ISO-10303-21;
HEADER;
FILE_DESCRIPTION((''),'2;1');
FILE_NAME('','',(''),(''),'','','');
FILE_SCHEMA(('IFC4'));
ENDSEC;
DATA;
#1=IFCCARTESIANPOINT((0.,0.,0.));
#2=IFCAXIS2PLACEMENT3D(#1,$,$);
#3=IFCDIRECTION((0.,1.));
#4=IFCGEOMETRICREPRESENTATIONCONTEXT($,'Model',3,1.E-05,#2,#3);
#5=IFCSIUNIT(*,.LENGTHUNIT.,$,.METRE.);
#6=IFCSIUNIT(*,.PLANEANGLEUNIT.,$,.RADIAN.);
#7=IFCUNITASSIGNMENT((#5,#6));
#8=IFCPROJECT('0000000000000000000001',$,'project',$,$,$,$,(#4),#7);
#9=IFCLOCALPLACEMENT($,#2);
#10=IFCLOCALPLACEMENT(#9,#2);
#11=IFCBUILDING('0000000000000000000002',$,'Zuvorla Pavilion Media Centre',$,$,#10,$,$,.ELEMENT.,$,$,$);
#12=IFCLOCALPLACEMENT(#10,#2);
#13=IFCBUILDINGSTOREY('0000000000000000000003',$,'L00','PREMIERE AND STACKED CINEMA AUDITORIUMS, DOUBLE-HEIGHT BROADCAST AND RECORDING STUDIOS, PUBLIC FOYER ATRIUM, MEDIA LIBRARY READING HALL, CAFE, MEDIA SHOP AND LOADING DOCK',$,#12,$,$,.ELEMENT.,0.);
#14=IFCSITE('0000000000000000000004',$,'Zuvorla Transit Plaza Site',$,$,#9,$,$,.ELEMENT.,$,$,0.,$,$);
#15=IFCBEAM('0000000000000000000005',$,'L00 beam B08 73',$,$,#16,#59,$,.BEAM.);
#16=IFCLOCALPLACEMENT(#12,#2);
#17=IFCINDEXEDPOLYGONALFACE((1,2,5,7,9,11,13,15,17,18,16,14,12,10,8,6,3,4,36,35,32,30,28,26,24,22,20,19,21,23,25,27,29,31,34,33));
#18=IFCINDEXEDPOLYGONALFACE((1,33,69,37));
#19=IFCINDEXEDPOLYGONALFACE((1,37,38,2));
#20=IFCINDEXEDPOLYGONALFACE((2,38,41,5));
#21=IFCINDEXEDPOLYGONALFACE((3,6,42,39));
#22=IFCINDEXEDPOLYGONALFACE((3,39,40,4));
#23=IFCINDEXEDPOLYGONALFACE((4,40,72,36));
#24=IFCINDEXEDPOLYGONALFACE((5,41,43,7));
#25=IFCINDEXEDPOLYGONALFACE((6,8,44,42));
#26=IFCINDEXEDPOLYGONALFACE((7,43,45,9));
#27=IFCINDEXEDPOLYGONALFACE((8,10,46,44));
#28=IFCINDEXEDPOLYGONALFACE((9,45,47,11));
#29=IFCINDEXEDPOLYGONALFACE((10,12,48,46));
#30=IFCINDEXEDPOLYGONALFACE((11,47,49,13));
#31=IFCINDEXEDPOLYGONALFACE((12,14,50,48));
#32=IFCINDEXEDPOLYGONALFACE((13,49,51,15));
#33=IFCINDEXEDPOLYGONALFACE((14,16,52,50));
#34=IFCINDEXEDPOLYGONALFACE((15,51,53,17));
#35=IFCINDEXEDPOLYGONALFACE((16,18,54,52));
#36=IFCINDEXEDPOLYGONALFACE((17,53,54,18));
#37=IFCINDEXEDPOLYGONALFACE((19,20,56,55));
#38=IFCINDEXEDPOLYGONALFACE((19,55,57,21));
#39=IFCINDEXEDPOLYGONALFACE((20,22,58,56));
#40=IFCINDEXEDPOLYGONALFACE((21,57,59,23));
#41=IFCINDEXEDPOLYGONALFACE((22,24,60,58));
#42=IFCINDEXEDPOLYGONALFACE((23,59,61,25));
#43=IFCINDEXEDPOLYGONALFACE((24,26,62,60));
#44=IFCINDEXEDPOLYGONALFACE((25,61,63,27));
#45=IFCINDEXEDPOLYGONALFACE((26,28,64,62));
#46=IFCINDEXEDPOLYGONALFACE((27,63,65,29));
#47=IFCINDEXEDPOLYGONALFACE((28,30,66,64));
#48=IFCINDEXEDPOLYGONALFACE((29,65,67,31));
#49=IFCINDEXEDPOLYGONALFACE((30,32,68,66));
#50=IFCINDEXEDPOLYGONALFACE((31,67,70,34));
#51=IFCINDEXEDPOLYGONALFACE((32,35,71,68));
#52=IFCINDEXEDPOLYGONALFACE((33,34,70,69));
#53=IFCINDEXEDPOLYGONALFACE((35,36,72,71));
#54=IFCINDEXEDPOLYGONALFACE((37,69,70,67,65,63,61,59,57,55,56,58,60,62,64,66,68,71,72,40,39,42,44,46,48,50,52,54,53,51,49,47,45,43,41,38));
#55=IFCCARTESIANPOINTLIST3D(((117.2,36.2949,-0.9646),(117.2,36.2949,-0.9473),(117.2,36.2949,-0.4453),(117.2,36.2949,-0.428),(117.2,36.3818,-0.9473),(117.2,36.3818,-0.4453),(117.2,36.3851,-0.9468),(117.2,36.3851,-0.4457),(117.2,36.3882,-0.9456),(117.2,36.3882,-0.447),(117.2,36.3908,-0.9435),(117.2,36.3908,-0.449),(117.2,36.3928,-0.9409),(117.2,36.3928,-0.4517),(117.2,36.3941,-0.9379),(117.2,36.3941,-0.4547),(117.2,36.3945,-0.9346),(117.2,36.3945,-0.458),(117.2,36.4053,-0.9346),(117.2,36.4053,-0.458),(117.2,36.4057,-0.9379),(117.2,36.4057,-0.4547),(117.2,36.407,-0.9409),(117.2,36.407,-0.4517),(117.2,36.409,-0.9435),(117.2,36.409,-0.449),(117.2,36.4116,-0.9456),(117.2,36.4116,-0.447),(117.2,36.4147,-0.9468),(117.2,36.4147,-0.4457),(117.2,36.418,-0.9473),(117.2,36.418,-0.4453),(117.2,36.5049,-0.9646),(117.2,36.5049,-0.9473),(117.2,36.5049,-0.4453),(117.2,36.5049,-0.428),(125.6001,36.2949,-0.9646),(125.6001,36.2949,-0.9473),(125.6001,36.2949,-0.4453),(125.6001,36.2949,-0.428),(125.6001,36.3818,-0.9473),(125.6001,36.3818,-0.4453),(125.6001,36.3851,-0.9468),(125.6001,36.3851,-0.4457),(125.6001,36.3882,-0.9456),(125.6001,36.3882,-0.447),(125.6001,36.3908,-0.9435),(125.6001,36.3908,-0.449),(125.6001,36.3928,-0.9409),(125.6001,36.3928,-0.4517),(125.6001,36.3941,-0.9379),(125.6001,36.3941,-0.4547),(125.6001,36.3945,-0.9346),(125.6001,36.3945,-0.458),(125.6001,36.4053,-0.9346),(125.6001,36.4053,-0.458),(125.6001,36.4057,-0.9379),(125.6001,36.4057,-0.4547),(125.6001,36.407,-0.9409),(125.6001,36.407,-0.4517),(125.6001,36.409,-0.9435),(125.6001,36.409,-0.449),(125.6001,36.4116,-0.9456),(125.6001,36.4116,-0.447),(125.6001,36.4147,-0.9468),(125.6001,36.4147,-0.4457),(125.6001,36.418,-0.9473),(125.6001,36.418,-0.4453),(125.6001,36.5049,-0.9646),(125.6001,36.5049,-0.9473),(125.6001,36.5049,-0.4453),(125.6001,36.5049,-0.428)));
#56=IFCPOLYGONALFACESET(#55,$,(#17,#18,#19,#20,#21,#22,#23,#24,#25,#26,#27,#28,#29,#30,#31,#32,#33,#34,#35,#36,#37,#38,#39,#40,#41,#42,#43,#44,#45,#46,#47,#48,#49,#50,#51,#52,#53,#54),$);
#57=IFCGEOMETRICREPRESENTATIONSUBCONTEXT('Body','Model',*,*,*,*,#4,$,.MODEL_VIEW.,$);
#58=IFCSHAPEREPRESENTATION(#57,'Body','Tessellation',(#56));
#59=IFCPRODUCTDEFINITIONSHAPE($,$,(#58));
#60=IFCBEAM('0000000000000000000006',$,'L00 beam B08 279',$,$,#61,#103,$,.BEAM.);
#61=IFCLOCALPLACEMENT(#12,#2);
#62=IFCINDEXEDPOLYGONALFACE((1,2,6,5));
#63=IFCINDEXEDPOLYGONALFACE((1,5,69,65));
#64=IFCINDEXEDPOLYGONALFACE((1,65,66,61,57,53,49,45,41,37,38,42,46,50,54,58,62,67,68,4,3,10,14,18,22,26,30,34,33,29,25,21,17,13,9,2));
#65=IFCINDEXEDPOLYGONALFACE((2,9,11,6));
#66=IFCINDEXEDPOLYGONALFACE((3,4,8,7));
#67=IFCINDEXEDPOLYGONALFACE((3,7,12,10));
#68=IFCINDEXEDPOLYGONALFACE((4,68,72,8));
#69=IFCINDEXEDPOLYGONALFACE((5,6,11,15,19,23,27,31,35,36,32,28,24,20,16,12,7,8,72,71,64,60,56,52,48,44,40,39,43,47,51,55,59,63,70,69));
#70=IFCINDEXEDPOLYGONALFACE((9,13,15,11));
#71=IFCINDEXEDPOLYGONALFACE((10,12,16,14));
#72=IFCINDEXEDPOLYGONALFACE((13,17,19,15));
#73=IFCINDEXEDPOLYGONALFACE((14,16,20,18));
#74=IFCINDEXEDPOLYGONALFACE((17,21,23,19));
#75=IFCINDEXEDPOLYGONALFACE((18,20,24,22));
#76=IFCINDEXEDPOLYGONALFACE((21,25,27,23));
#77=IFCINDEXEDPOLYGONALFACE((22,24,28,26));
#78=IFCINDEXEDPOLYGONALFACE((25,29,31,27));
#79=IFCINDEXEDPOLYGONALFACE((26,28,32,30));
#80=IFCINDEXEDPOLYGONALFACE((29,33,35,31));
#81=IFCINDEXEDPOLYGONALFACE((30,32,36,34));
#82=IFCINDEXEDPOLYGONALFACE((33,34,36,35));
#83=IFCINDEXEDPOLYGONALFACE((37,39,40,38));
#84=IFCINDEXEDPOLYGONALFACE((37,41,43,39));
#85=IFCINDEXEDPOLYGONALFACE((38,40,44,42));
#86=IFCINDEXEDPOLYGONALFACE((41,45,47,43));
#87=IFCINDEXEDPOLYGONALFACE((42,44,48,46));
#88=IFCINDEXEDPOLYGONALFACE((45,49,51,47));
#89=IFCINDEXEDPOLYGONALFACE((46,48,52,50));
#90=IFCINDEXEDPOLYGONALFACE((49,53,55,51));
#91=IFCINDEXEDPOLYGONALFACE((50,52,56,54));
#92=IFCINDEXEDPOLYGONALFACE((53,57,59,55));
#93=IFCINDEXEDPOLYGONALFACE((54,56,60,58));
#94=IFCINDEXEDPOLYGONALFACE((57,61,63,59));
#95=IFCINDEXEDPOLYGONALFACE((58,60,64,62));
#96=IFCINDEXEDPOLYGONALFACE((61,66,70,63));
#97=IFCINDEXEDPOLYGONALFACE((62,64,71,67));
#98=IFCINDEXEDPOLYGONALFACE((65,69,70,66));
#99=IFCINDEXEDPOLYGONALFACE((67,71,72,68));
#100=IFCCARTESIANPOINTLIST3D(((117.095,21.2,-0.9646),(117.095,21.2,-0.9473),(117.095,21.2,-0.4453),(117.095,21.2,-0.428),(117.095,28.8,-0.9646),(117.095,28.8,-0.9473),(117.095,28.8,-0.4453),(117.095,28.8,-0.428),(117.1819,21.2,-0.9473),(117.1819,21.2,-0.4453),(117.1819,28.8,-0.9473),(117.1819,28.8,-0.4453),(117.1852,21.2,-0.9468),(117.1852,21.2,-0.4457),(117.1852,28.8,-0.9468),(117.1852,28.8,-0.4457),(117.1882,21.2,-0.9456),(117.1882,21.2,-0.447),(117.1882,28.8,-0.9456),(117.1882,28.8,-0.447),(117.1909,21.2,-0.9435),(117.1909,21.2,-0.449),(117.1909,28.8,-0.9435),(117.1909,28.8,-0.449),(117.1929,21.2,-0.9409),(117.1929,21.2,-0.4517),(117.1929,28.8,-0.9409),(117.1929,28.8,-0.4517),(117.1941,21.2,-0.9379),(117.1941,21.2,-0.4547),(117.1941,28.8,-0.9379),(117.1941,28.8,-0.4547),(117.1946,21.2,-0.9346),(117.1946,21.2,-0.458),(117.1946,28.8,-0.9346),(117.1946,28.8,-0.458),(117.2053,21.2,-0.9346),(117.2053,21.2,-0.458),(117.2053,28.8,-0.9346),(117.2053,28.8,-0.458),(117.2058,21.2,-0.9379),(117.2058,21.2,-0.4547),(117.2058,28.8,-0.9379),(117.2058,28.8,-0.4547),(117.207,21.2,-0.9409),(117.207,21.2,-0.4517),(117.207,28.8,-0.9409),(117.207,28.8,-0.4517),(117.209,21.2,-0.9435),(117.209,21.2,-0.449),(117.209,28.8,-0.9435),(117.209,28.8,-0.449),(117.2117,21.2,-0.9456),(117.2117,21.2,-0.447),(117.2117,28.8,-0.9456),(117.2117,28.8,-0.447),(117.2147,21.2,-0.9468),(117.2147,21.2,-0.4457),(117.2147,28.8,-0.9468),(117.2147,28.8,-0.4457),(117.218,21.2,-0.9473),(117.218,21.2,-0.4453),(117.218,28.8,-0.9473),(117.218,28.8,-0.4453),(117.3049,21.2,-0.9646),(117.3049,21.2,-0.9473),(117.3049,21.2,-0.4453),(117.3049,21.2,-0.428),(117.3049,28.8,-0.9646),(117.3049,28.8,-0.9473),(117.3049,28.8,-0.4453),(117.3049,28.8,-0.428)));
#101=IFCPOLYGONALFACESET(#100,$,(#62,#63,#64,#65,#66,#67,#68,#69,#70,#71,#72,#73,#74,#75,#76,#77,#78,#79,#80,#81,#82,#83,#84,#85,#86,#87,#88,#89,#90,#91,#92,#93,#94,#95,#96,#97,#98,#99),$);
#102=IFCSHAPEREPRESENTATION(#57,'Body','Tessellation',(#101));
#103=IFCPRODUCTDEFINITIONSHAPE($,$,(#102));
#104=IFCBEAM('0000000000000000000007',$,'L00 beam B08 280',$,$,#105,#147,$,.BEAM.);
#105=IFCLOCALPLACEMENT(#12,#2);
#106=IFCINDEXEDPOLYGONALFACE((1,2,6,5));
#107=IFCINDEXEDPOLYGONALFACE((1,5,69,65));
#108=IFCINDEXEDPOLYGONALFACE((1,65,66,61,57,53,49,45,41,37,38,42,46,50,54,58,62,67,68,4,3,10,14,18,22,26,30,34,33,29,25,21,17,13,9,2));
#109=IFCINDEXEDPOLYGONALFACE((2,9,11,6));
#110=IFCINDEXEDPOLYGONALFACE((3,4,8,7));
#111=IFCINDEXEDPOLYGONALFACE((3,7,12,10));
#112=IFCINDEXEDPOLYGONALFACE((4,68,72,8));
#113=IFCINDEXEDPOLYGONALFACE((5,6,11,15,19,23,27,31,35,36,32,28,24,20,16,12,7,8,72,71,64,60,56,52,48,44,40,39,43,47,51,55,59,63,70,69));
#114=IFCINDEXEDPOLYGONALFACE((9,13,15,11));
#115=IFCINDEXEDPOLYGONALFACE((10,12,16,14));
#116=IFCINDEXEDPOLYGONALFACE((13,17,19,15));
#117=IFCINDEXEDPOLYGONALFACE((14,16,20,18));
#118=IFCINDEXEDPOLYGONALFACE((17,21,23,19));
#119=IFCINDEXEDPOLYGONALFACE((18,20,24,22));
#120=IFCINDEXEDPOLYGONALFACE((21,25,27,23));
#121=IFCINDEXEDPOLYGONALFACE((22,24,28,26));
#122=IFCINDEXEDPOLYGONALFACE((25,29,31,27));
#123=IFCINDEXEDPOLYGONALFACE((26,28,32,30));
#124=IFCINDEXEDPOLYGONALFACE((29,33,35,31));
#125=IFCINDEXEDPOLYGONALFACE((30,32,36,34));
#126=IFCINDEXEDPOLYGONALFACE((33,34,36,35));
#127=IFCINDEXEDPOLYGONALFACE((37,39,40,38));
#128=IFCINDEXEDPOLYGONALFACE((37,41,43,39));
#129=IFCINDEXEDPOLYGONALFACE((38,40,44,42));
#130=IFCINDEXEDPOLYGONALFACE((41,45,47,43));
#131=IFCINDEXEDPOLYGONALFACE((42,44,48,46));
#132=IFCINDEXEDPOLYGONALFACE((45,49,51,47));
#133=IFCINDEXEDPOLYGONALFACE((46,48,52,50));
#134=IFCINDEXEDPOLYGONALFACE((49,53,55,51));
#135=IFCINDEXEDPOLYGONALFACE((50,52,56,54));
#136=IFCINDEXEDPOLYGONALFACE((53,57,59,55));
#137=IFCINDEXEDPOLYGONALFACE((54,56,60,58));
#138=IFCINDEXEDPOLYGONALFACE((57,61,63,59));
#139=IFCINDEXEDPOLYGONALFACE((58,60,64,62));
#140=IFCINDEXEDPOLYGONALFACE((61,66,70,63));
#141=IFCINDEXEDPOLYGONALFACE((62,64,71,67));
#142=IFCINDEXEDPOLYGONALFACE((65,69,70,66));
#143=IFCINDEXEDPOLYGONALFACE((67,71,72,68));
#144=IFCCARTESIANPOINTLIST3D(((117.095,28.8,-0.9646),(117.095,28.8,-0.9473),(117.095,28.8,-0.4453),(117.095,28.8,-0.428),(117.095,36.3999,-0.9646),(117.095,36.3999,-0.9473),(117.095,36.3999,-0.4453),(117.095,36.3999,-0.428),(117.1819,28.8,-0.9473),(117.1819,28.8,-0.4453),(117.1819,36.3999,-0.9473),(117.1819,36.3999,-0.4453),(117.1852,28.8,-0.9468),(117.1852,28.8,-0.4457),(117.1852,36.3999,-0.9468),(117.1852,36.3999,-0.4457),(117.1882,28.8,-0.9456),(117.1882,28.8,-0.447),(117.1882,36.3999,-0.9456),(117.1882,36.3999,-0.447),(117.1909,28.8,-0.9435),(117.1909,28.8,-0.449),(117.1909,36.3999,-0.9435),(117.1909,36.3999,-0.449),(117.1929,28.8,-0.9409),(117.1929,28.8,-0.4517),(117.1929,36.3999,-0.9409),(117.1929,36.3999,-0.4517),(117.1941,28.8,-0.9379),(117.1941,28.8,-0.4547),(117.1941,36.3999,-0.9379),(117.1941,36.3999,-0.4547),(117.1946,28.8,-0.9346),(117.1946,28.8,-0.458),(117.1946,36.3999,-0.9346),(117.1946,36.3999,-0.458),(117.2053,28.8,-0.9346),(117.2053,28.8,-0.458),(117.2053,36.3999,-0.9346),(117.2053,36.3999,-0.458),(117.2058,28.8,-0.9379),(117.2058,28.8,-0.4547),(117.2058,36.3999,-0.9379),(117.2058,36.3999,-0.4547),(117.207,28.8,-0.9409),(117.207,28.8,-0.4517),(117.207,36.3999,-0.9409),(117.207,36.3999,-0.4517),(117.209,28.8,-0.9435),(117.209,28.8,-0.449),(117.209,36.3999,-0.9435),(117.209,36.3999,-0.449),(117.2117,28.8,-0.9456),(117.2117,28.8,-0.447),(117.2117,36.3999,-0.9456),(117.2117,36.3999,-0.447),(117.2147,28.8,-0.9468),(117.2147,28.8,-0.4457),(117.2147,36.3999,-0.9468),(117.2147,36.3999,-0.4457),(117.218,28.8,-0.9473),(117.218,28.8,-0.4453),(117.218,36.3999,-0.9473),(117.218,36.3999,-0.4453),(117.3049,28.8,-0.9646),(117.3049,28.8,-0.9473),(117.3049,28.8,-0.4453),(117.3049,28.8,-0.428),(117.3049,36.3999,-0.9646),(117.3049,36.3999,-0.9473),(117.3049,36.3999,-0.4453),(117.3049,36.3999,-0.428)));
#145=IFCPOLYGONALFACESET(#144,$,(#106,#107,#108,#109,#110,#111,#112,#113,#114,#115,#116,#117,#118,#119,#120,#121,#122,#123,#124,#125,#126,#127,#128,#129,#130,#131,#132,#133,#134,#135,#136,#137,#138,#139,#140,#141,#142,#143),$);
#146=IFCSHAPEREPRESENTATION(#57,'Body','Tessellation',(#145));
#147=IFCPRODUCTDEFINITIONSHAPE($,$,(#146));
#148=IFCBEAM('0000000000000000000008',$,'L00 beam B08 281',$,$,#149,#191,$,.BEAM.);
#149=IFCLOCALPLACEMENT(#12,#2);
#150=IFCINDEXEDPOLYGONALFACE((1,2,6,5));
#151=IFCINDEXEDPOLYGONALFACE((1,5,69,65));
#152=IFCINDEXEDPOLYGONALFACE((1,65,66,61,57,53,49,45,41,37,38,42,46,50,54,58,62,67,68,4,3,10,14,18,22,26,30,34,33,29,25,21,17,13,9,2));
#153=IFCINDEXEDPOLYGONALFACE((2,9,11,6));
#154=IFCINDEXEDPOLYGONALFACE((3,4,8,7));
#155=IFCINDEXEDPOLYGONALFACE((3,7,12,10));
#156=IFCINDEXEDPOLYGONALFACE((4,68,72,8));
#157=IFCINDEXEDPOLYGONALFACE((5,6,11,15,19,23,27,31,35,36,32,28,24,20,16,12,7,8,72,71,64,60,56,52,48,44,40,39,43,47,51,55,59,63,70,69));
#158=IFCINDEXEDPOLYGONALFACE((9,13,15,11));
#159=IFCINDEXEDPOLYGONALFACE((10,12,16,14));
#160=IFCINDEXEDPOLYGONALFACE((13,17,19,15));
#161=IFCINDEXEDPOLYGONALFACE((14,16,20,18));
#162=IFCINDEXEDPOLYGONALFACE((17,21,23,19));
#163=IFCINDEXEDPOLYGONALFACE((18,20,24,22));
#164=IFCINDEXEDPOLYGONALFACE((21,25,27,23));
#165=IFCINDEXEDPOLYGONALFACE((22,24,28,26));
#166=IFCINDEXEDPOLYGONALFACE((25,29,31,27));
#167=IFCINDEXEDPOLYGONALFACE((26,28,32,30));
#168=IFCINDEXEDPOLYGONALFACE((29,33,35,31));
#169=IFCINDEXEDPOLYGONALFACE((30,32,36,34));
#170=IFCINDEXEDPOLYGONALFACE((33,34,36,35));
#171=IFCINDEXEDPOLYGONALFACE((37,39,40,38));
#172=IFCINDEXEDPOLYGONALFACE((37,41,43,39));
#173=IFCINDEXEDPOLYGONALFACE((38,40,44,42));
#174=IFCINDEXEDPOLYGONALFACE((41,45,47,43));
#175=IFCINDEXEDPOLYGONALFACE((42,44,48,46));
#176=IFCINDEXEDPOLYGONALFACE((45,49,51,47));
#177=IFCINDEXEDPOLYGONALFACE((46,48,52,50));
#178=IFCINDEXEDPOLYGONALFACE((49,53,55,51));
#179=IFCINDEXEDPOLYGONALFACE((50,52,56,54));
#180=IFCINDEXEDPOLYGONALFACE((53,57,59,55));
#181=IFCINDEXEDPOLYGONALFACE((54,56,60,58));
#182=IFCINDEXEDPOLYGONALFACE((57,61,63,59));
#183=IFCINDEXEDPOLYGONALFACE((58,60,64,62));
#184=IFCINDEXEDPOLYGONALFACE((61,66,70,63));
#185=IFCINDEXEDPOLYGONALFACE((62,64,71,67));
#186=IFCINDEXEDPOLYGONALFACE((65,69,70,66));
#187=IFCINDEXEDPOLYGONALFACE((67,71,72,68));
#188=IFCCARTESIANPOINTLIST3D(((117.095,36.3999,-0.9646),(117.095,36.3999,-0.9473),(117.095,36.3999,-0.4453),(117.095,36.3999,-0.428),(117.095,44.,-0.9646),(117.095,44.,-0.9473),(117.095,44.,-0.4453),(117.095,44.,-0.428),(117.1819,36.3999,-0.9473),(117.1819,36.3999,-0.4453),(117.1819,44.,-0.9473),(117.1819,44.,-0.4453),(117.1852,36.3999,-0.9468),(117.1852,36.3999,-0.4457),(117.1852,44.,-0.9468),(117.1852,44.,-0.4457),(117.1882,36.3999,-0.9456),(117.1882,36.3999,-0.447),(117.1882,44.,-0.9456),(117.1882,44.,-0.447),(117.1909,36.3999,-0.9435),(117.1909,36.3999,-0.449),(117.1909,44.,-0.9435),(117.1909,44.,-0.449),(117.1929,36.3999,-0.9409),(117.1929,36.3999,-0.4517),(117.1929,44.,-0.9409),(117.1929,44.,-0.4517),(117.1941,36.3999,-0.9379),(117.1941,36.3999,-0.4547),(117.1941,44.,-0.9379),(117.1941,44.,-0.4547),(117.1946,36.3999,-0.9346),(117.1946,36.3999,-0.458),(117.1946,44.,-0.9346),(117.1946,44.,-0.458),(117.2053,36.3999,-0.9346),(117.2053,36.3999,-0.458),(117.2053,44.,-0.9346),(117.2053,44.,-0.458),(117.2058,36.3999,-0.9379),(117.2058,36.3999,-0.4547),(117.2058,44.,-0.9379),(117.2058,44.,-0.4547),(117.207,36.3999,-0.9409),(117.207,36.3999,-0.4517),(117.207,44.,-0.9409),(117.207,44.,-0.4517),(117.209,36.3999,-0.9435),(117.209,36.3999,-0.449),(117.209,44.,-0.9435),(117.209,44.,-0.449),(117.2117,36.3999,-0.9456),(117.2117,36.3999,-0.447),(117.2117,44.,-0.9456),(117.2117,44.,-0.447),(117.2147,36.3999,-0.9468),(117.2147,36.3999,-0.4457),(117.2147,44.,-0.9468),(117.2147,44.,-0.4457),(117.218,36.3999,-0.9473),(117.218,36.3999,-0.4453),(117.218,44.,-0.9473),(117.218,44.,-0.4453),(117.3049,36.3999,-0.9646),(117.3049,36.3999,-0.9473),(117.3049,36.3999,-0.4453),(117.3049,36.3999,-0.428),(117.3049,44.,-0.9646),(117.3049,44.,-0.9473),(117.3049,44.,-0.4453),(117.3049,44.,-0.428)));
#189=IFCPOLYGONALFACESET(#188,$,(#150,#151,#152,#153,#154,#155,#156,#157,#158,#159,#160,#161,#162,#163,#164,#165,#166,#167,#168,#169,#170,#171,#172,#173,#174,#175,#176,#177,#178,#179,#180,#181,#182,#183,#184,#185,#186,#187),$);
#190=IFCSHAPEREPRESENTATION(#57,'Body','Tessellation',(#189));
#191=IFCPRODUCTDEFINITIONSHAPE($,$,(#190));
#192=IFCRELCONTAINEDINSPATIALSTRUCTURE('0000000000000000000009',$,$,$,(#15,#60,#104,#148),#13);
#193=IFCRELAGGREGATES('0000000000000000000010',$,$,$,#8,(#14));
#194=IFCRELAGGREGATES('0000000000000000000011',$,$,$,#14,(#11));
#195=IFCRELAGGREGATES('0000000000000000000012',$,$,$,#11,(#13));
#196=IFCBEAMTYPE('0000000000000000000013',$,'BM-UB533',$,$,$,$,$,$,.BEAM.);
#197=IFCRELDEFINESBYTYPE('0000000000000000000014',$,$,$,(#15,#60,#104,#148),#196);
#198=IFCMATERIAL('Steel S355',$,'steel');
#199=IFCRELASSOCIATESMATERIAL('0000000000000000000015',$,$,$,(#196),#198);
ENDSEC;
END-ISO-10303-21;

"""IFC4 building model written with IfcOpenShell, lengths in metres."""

from ifc_helpers import new_model, si_unit, direction, frame, origin, origin_2d, place, context, subcontext, project, spatial, i_section, extrude, material, material_profile, profile_set, type_object, element, save


model = new_model("IFC4")

# Units and contexts
model_context = context("Model", 3, precision=1e-05, world=origin(), true_north=direction((0.0, 1.0)))
body_context = subcontext(model_context, "Body", "Model", "MODEL_VIEW")
ifc_project = project(units=[si_unit("LENGTHUNIT", "METRE"), si_unit("PLANEANGLEUNIT", "RADIAN")], contexts=[model_context])

# Site, building, storey
site_placement = place(None, origin())
site = spatial("IfcSite", under=ifc_project, at=site_placement, Name="Zuvorla Transit Plaza Site", CompositionType="ELEMENT", RefElevation=0.0)
building_placement = place(site_placement, origin())
building = spatial("IfcBuilding", under=site, at=building_placement, Name="Zuvorla Pavilion Media Centre", CompositionType="ELEMENT")
storey_placement = place(building_placement, origin())
storey = spatial("IfcBuildingStorey", under=building, at=storey_placement, Name="L00", Description="PREMIERE AND STACKED CINEMA AUDITORIUMS, DOUBLE-HEIGHT BROADCAST AND RECORDING STUDIOS, PUBLIC FOYER ATRIUM, MEDIA LIBRARY READING HALL, CAFE, MEDIA SHOP AND LOADING DOCK", CompositionType="ELEMENT", Elevation=0.0)

# Beams
ifc_material_1 = material(Name="Steel S355", Category="steel")
ifc_material_profile_1 = material_profile(ifc_material_1, i_section(OverallWidth=0.21, OverallDepth=0.5366, WebThickness=0.0107, FlangeThickness=0.0173, FilletRadius=0.0127, at=origin_2d()), Name="UB 533x210x101")
ifc_profile_set_1 = profile_set([ifc_material_profile_1], Name="Steel S355")
beam_type_1 = type_object("IfcBeamType", Name="BM-UB533", PredefinedType="BEAM", material=ifc_profile_set_1)
for number, where, z_axis, x_axis, name in (
    (1, (117.2, 36.3999, -0.6963), (1.0, 0.0, 0.0), (0.0, 1.0, 0.0), "L00 beam B08 73"),
):
    element("IfcBeam", number, at=place(storey_placement, frame(where, z_axis=z_axis, x_axis=x_axis)), inside=storey, type_object=beam_type_1, Name=name, PredefinedType="BEAM", context=body_context, shape_type="SweptSolid", body=[
        extrude(i_section(OverallWidth=0.21, OverallDepth=0.5366, WebThickness=0.0107, FlangeThickness=0.0173, FilletRadius=0.0127, at=origin_2d()), origin(), (0.0, 0.0, 1.0), 8.4001),
    ])
beam_1_placement = place(storey_placement, frame((117.2, 21.2, -0.6963), z_axis=(0.0, 1.0, 0.0), x_axis=(-1.0, 0.0, 0.0)))
element("IfcBeam", 2, at=beam_1_placement, inside=storey, type_object=beam_type_1, Name="L00 beam B08 279", PredefinedType="BEAM", context=body_context, shape_type="SweptSolid", body=[
    extrude(i_section(OverallWidth=0.21, OverallDepth=0.5366, WebThickness=0.0107, FlangeThickness=0.0173, FilletRadius=0.0127, at=origin_2d()), origin(), (0.0, 0.0, 1.0), 7.6001),
])
beam_2_placement = place(storey_placement, frame((117.2, 28.8, -0.6963), z_axis=(0.0, 1.0, 0.0), x_axis=(-1.0, 0.0, 0.0)))
element("IfcBeam", 3, at=beam_2_placement, inside=storey, type_object=beam_type_1, Name="L00 beam B08 280", PredefinedType="BEAM", context=body_context, shape_type="SweptSolid", body=[
    extrude(i_section(OverallWidth=0.21, OverallDepth=0.5366, WebThickness=0.0107, FlangeThickness=0.0173, FilletRadius=0.0127, at=origin_2d()), origin(), (0.0, 0.0, 1.0), 7.5999),
])
beam_3_placement = place(storey_placement, frame((117.2, 36.3999, -0.6963), z_axis=(0.0, 1.0, 0.0), x_axis=(-1.0, 0.0, 0.0)))
element("IfcBeam", 4, at=beam_3_placement, inside=storey, type_object=beam_type_1, Name="L00 beam B08 281", PredefinedType="BEAM", context=body_context, shape_type="SweptSolid", body=[
    extrude(i_section(OverallWidth=0.21, OverallDepth=0.5366, WebThickness=0.0107, FlangeThickness=0.0173, FilletRadius=0.0127, at=origin_2d()), origin(), (0.0, 0.0, 1.0), 7.6001),
])

save(model, "model.ifc")
